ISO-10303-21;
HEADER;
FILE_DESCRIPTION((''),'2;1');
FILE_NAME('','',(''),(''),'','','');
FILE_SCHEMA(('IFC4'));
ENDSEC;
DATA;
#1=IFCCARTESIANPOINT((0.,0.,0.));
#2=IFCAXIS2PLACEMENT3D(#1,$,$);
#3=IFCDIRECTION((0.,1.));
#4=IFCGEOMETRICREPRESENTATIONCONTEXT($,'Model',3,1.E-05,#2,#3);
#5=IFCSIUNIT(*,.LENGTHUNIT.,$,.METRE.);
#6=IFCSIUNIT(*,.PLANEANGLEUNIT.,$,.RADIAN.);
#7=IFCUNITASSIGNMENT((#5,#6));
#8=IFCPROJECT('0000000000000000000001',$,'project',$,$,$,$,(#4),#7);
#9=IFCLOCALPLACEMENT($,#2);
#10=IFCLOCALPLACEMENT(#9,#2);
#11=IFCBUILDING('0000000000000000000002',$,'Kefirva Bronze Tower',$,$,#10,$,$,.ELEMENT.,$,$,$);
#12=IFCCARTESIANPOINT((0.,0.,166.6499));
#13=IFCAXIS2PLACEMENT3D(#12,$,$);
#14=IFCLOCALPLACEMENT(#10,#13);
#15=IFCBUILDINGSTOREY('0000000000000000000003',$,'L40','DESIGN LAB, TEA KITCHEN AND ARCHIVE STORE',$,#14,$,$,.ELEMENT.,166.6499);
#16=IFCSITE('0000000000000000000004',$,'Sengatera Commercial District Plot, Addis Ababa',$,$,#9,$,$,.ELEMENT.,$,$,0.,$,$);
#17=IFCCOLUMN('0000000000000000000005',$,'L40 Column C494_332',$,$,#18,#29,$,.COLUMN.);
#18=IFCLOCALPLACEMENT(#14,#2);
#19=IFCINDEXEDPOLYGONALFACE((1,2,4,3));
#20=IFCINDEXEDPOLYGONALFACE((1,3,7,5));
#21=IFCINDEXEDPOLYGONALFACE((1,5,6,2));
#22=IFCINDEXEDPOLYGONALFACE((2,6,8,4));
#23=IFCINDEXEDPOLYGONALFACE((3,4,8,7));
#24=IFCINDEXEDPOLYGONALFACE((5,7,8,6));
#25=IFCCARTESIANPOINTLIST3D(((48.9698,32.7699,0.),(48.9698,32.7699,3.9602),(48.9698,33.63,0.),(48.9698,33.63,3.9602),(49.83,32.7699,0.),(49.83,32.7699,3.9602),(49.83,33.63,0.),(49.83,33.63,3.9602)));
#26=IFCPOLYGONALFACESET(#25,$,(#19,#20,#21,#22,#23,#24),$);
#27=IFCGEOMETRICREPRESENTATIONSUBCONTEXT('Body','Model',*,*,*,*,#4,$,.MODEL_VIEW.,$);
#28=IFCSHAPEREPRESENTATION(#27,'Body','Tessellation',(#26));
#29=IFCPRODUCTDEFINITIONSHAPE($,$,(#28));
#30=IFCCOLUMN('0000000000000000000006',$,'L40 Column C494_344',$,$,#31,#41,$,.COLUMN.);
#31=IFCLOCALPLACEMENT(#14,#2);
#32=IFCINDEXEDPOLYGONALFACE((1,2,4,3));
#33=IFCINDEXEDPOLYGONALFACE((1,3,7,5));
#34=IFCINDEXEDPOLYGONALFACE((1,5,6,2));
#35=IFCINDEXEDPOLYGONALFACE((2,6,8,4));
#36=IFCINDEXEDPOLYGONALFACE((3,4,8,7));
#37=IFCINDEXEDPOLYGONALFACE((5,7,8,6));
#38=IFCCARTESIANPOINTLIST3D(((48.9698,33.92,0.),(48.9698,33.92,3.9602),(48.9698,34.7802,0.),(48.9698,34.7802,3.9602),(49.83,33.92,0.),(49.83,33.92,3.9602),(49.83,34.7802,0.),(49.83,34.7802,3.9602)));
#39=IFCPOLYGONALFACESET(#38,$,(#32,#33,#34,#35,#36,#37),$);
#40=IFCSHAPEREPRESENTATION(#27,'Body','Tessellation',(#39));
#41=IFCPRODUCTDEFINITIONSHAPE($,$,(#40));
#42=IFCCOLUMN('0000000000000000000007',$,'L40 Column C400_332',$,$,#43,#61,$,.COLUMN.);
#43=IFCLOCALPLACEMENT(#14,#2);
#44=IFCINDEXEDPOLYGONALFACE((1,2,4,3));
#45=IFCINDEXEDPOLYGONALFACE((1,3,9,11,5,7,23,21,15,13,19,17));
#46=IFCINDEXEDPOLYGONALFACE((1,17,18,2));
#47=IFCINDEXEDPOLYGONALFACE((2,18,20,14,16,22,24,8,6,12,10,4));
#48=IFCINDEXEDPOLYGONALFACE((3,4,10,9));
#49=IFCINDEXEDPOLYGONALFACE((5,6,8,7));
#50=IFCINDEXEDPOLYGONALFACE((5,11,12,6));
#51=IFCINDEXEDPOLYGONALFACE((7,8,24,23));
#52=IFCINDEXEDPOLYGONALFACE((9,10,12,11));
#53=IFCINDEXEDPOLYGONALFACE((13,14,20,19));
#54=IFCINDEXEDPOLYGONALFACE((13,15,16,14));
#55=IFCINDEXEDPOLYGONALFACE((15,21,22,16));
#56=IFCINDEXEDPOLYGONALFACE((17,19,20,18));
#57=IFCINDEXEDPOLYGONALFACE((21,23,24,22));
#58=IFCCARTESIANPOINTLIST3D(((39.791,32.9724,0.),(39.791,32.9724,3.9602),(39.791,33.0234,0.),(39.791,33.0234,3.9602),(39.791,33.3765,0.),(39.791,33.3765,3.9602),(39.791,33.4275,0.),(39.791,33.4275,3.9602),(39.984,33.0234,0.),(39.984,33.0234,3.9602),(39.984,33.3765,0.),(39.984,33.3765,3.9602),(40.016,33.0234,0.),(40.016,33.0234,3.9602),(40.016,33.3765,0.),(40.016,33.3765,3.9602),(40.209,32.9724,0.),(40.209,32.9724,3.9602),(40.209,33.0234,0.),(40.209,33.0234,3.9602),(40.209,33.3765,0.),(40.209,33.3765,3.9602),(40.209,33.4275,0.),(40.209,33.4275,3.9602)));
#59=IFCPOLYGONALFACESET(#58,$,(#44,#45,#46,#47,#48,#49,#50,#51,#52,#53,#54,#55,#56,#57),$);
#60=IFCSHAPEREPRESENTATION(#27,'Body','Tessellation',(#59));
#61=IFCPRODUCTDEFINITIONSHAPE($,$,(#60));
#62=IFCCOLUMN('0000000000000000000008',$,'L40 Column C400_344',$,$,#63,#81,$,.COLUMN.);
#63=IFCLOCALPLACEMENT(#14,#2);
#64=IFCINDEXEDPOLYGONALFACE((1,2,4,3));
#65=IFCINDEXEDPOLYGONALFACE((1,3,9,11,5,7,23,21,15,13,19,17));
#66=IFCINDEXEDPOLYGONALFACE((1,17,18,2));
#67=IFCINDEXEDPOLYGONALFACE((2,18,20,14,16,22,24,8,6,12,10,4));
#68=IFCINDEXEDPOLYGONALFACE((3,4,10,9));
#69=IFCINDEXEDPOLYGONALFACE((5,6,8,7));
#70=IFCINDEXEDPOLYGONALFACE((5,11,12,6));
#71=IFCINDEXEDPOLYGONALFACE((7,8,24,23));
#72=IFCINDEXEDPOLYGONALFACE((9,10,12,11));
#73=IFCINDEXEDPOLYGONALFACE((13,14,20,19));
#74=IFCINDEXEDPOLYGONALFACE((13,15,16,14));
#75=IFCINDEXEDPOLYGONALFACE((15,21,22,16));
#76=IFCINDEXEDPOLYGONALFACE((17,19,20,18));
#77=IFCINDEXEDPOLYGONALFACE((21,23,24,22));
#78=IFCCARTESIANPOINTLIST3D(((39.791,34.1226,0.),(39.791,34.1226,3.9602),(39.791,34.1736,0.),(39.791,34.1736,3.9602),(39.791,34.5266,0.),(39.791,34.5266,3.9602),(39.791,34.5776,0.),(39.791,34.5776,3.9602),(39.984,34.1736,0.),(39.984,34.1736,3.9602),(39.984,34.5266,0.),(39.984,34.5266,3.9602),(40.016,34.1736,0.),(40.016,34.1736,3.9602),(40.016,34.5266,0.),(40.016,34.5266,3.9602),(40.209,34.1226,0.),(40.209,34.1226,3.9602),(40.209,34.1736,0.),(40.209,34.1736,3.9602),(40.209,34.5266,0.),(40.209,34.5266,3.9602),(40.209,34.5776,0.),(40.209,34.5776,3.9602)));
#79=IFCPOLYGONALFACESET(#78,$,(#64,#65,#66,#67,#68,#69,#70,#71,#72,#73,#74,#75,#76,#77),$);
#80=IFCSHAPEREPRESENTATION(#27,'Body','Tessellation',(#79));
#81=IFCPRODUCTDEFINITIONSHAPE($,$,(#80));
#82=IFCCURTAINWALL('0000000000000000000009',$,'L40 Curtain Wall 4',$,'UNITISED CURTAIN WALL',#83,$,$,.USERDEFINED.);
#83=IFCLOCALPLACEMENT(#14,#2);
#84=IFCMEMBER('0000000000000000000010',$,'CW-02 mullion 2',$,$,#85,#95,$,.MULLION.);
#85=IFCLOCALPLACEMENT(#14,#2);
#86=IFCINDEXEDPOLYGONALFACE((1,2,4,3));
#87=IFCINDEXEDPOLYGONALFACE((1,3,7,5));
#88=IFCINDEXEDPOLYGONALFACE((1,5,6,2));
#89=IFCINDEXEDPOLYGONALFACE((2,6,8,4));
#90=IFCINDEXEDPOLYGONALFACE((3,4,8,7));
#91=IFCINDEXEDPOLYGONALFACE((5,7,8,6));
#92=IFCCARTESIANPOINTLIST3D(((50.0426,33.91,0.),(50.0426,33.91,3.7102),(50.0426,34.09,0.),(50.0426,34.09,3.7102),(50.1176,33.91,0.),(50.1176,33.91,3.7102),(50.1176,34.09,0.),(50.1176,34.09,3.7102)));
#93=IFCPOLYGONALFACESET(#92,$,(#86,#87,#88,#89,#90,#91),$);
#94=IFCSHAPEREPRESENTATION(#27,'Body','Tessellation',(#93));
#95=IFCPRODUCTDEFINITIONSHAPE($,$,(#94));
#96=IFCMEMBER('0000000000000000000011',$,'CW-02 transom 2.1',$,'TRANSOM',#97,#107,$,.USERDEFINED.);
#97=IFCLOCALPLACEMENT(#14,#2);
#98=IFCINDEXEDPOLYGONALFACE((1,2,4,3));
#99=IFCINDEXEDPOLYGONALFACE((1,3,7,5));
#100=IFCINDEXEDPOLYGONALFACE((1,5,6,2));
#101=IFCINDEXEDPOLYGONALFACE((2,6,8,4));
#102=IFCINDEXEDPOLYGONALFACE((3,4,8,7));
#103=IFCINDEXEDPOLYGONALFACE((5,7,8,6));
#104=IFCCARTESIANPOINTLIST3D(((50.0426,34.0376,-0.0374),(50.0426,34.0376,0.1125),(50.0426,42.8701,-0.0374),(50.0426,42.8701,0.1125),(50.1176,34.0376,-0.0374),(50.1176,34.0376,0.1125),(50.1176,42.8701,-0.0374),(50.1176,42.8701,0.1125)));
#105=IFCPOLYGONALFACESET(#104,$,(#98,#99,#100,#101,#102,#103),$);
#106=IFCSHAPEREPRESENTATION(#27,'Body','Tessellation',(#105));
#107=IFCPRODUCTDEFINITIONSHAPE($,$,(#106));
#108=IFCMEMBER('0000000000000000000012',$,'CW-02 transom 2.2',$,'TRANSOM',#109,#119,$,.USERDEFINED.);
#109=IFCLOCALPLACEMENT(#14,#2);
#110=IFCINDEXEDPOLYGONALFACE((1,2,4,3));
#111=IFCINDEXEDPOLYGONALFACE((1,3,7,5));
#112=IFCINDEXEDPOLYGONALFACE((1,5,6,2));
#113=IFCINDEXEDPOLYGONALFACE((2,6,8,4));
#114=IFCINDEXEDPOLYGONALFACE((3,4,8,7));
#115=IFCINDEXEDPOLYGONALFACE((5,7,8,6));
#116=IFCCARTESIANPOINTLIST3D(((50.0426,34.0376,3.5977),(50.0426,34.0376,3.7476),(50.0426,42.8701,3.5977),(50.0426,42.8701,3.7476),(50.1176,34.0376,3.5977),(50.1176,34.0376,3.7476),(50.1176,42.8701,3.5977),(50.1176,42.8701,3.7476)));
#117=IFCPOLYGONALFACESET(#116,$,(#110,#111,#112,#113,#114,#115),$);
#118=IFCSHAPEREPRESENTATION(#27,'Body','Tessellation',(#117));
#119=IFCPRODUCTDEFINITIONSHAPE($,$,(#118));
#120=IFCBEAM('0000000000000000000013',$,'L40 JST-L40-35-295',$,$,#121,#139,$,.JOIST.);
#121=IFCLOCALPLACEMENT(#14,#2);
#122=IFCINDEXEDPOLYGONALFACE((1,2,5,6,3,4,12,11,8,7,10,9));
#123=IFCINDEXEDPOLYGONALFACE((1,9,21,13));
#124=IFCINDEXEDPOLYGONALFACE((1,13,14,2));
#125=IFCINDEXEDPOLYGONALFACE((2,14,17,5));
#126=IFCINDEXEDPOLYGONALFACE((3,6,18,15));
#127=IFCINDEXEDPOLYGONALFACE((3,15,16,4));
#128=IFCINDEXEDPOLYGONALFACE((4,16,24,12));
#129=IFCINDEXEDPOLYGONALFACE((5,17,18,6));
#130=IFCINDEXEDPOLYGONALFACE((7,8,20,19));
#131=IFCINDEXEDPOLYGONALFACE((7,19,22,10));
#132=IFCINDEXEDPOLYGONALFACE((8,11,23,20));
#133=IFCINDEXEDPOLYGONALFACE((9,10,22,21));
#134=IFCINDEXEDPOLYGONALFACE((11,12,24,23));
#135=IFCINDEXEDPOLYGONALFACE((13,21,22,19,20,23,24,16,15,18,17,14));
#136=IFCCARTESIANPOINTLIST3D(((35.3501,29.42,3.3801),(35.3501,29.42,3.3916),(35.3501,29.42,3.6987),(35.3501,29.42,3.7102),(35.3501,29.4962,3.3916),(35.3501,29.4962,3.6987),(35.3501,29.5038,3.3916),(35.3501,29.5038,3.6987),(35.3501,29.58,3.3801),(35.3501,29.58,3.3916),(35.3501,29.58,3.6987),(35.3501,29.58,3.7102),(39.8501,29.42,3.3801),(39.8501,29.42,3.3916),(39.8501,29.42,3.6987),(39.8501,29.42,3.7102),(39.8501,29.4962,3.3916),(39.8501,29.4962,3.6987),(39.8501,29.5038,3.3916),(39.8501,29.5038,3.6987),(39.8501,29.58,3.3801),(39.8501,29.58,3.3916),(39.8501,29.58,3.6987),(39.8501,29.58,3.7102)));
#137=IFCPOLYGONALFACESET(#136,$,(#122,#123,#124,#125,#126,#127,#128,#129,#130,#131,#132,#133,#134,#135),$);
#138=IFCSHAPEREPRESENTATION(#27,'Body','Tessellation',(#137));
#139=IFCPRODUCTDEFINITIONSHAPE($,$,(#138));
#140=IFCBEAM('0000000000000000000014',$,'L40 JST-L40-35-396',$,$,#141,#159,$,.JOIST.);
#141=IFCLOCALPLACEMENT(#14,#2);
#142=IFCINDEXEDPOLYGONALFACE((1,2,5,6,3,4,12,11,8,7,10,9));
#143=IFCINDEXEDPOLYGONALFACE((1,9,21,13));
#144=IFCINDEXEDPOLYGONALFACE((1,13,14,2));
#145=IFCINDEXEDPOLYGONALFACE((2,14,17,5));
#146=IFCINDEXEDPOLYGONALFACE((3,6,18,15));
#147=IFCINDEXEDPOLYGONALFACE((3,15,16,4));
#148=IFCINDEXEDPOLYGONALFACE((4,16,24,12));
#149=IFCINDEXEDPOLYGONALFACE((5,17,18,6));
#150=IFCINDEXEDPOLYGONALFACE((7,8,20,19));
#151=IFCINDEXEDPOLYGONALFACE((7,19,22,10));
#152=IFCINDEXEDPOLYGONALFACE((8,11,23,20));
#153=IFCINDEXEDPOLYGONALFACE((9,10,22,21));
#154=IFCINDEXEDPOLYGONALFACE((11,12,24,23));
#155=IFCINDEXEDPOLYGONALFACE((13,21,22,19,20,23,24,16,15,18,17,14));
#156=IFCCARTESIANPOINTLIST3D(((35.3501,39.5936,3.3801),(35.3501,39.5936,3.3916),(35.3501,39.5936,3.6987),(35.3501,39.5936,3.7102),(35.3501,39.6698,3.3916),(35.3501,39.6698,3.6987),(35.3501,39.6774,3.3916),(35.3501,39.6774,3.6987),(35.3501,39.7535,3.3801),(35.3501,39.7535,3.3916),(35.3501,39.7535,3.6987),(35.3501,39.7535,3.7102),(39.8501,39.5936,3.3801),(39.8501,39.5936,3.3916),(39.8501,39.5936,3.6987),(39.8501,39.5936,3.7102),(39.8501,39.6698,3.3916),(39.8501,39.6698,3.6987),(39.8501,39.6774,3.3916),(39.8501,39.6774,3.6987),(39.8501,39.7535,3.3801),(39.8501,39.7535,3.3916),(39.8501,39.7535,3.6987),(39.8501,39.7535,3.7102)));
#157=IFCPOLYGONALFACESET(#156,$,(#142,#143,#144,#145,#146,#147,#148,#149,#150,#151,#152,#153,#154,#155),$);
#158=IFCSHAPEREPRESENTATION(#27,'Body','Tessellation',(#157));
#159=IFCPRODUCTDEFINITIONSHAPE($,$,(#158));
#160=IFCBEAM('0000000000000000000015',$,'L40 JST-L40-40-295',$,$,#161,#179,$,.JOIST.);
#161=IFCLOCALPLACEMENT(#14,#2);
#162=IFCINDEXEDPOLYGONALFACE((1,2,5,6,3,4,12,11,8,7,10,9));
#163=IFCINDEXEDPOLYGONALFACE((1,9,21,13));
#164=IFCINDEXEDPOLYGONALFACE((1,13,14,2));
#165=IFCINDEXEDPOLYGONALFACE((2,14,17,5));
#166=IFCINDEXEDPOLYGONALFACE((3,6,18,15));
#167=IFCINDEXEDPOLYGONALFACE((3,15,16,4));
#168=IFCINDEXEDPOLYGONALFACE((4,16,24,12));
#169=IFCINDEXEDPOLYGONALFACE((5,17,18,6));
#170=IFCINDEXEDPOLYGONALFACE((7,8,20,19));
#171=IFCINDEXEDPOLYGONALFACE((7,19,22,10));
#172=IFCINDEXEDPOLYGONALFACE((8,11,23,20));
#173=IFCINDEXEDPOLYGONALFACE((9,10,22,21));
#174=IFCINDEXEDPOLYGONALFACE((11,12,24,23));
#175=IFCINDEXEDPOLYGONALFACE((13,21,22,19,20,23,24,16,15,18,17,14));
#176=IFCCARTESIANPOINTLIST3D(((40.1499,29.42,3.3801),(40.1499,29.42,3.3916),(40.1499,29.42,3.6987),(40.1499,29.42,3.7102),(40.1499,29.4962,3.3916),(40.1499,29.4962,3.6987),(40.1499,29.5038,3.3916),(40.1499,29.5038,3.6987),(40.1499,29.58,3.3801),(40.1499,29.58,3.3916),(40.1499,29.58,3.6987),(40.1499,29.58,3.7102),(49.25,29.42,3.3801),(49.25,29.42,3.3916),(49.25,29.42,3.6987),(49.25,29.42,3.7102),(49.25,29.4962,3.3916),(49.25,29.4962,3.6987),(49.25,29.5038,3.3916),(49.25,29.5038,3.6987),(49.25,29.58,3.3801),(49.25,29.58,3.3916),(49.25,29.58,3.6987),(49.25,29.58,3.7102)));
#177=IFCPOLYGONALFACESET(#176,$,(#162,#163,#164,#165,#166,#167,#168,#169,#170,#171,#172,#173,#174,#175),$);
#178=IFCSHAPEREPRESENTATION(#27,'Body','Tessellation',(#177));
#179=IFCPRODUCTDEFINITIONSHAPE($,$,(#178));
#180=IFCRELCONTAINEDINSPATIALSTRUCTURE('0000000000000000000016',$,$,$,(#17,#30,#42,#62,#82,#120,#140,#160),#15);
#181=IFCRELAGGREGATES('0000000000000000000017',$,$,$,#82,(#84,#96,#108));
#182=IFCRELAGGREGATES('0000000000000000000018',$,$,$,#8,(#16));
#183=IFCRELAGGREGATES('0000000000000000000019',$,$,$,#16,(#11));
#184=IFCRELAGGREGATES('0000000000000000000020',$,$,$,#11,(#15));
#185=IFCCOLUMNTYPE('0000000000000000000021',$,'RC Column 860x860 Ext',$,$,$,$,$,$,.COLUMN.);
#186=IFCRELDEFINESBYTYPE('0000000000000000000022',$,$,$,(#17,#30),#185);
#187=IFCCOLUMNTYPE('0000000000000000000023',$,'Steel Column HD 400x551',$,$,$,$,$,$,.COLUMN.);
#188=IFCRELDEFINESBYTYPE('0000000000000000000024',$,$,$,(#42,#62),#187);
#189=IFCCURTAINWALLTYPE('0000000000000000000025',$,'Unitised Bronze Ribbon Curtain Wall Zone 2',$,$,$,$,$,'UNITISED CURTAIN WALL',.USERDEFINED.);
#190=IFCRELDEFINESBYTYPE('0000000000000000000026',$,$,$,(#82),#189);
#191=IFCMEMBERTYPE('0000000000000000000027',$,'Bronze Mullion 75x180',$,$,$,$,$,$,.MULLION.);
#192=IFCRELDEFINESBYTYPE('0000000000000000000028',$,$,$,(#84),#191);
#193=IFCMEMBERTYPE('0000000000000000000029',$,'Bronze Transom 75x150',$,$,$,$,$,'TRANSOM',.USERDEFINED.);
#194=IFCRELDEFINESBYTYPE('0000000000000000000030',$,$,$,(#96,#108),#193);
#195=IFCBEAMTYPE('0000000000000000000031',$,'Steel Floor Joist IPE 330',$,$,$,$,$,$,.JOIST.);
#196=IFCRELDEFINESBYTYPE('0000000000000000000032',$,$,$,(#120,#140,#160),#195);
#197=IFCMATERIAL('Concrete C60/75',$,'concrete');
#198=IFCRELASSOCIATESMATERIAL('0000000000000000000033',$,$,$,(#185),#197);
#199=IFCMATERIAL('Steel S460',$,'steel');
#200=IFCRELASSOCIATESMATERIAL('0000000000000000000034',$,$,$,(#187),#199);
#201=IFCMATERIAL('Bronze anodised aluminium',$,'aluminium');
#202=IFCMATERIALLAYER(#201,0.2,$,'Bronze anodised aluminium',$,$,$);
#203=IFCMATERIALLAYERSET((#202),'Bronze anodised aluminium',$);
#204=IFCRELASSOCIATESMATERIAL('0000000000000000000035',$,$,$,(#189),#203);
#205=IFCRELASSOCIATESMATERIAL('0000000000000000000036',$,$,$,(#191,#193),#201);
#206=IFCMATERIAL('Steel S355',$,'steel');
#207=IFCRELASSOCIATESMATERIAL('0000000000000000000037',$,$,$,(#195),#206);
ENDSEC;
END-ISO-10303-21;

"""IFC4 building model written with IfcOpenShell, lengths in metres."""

from ifc_helpers import new_model, si_unit, direction, frame, origin, origin_2d, place, context, subcontext, project, spatial, rectangle, i_section, extrude, material, layer, layer_set, material_profile, profile_set, type_object, element, aggregate, save


model = new_model("IFC4")

# Units and contexts
model_context = context("Model", 3, precision=1e-05, world=origin(), true_north=direction((0.0, 1.0)))
body_context = subcontext(model_context, "Body", "Model", "MODEL_VIEW")
ifc_project = project(units=[si_unit("LENGTHUNIT", "METRE"), si_unit("PLANEANGLEUNIT", "RADIAN")], contexts=[model_context])

# Site, building, storey
site_placement = place(None, origin())
site = spatial("IfcSite", under=ifc_project, at=site_placement, Name="Sengatera Commercial District Plot, Addis Ababa", CompositionType="ELEMENT", RefElevation=0.0)
building_placement = place(site_placement, origin())
building = spatial("IfcBuilding", under=site, at=building_placement, Name="Kefirva Bronze Tower", CompositionType="ELEMENT")
storey_placement = place(building_placement, frame((0.0, 0.0, 166.6499)))
storey = spatial("IfcBuildingStorey", under=building, at=storey_placement, Name="L40", Description="DESIGN LAB, TEA KITCHEN AND ARCHIVE STORE", CompositionType="ELEMENT", Elevation=166.6499)

# Columns
ifc_material_1 = material(Name="Concrete C60/75", Category="concrete")
ifc_material_profile_1 = material_profile(ifc_material_1, rectangle(XDim=0.8601, YDim=0.8601, at=origin_2d()), Name="RC 860x860")
ifc_profile_set_1 = profile_set([ifc_material_profile_1], Name="Concrete C60/75")
column_type_1 = type_object("IfcColumnType", Name="RC Column 860x860 Ext", PredefinedType="COLUMN", material=ifc_profile_set_1)
for number, where, z_axis, x_axis, name in (
    (1, (49.3999, 33.2, 0.0), (0.0, 0.0, 1.0), (1.0, 0.0, 0.0), "L40 Column C494_332"),
    (2, (49.3999, 34.3501, 0.0), (0.0, 0.0, 1.0), (1.0, 0.0, 0.0), "L40 Column C494_344"),
):
    element("IfcColumn", number, at=place(storey_placement, frame(where, z_axis=z_axis, x_axis=x_axis)), inside=storey, type_object=column_type_1, Name=name, PredefinedType="COLUMN", context=body_context, shape_type="SweptSolid", body=[
        extrude(rectangle(XDim=0.8601, YDim=0.8601, at=origin_2d()), origin(), (0.0, 0.0, 1.0), 3.9602),
    ])
ifc_material_2 = material(Name="Steel S460", Category="steel")
ifc_material_profile_2 = material_profile(ifc_material_2, i_section(OverallWidth=0.418, OverallDepth=0.4551, WebThickness=0.032, FlangeThickness=0.051, at=origin_2d()), Name="HD 400x551")
ifc_profile_set_2 = profile_set([ifc_material_profile_2], Name="Steel S460")
column_type_2 = type_object("IfcColumnType", Name="Steel Column HD 400x551", PredefinedType="COLUMN", material=ifc_profile_set_2)
for number, where, z_axis, x_axis, name in (
    (3, (40.0, 33.2, 0.0), (0.0, 0.0, 1.0), (1.0, 0.0, 0.0), "L40 Column C400_332"),
    (4, (40.0, 34.3501, 0.0), (0.0, 0.0, 1.0), (1.0, 0.0, 0.0), "L40 Column C400_344"),
):
    element("IfcColumn", number, at=place(storey_placement, frame(where, z_axis=z_axis, x_axis=x_axis)), inside=storey, type_object=column_type_2, Name=name, PredefinedType="COLUMN", context=body_context, shape_type="SweptSolid", body=[
        extrude(i_section(OverallWidth=0.418, OverallDepth=0.4551, WebThickness=0.032, FlangeThickness=0.051, at=origin_2d()), origin(), (0.0, 0.0, 1.0), 3.9602),
    ])

# Curtain wall, members
ifc_material_3 = material(Name="Bronze anodised aluminium", Category="aluminium")
ifc_layer_1 = layer(ifc_material_3, 0.2, Name="Bronze anodised aluminium")
ifc_layer_set_1 = layer_set([ifc_layer_1], Name="Bronze anodised aluminium")
curtain_wall_type = type_object("IfcCurtainWallType", Name="Unitised Bronze Ribbon Curtain Wall Zone 2", ElementType="UNITISED CURTAIN WALL", PredefinedType="USERDEFINED", material=ifc_layer_set_1)
curtain_wall_placement = place(storey_placement, origin())
curtain_wall = element("IfcCurtainWall", 5, at=curtain_wall_placement, inside=storey, type_object=curtain_wall_type, Name="L40 Curtain Wall 4", ObjectType="UNITISED CURTAIN WALL", PredefinedType="USERDEFINED")
ifc_material_profile_3 = material_profile(ifc_material_3, rectangle(XDim=0.075, YDim=0.1799, at=origin_2d()), Name="ALU 75x180")
ifc_profile_set_3 = profile_set([ifc_material_profile_3], Name="Bronze anodised aluminium")
member_type_1 = type_object("IfcMemberType", Name="Bronze Mullion 75x180", PredefinedType="MULLION", material=ifc_profile_set_3)
member_1_placement = place(storey_placement, frame((50.0801, 34.0, 0.0), z_axis=(0.0, 0.0, 1.0), x_axis=(-1.0, 0.0, 0.0)))
member_1 = element("IfcMember", 6, at=member_1_placement, type_object=member_type_1, Name="CW-02 mullion 2", PredefinedType="MULLION", context=body_context, shape_type="SweptSolid", body=[
    extrude(rectangle(XDim=0.075, YDim=0.1799, at=origin_2d()), origin(), (0.0, 0.0, 1.0), 3.7102),
])
ifc_material_profile_4 = material_profile(ifc_material_3, rectangle(XDim=0.075, YDim=0.1499, at=origin_2d()), Name="ALU 75x150")
ifc_profile_set_4 = profile_set([ifc_material_profile_4], Name="Bronze anodised aluminium")
member_type_2 = type_object("IfcMemberType", Name="Bronze Transom 75x150", ElementType="TRANSOM", PredefinedType="USERDEFINED", material=ifc_profile_set_4)
member_2_placement = place(storey_placement, frame((50.0801, 34.0376, 0.0376), z_axis=(0.0, 1.0, 0.0), x_axis=(-1.0, 0.0, 0.0)))
member_2 = element("IfcMember", 7, at=member_2_placement, type_object=member_type_2, Name="CW-02 transom 2.1", ObjectType="TRANSOM", PredefinedType="USERDEFINED", context=body_context, shape_type="SweptSolid", body=[
    extrude(rectangle(XDim=0.075, YDim=0.1499, at=origin_2d()), origin(), (0.0, 0.0, 1.0), 8.8325),
])
member_3_placement = place(storey_placement, frame((50.0801, 34.0376, 3.6726), z_axis=(0.0, 1.0, 0.0), x_axis=(-1.0, 0.0, 0.0)))
member_3 = element("IfcMember", 8, at=member_3_placement, type_object=member_type_2, Name="CW-02 transom 2.2", ObjectType="TRANSOM", PredefinedType="USERDEFINED", context=body_context, shape_type="SweptSolid", body=[
    extrude(rectangle(XDim=0.075, YDim=0.1499, at=origin_2d()), origin(), (0.0, 0.0, 1.0), 8.8325),
])

# Beams
ifc_material_4 = material(Name="Steel S355", Category="steel")
ifc_material_profile_5 = material_profile(ifc_material_4, i_section(OverallWidth=0.1599, OverallDepth=0.3301, WebThickness=0.0076, FlangeThickness=0.0115, at=origin_2d()), Name="IPE 330")
ifc_profile_set_5 = profile_set([ifc_material_profile_5], Name="Steel S355")
beam_type_1 = type_object("IfcBeamType", Name="Steel Floor Joist IPE 330", PredefinedType="JOIST", material=ifc_profile_set_5)
for number, where, z_axis, x_axis, name in (
    (9, (35.3501, 29.5, 3.5452), (1.0, 0.0, 0.0), (0.0, 1.0, 0.0), "L40 JST-L40-35-295"),
    (10, (35.3501, 39.6736, 3.5452), (1.0, 0.0, 0.0), (0.0, 1.0, 0.0), "L40 JST-L40-35-396"),
):
    element("IfcBeam", number, at=place(storey_placement, frame(where, z_axis=z_axis, x_axis=x_axis)), inside=storey, type_object=beam_type_1, Name=name, PredefinedType="JOIST", context=body_context, shape_type="SweptSolid", body=[
        extrude(i_section(OverallWidth=0.1599, OverallDepth=0.3301, WebThickness=0.0076, FlangeThickness=0.0115, at=origin_2d()), origin(), (0.0, 0.0, 1.0), 4.5),
    ])
beam_1_placement = place(storey_placement, frame((40.1499, 29.5, 3.5452), z_axis=(1.0, 0.0, 0.0), x_axis=(0.0, 1.0, 0.0)))
element("IfcBeam", 11, at=beam_1_placement, inside=storey, type_object=beam_type_1, Name="L40 JST-L40-40-295", PredefinedType="JOIST", context=body_context, shape_type="SweptSolid", body=[
    extrude(i_section(OverallWidth=0.1599, OverallDepth=0.3301, WebThickness=0.0076, FlangeThickness=0.0115, at=origin_2d()), origin(), (0.0, 0.0, 1.0), 9.1001),
])

aggregate(curtain_wall, [member_1, member_2, member_3])

save(model, "model.ifc")
